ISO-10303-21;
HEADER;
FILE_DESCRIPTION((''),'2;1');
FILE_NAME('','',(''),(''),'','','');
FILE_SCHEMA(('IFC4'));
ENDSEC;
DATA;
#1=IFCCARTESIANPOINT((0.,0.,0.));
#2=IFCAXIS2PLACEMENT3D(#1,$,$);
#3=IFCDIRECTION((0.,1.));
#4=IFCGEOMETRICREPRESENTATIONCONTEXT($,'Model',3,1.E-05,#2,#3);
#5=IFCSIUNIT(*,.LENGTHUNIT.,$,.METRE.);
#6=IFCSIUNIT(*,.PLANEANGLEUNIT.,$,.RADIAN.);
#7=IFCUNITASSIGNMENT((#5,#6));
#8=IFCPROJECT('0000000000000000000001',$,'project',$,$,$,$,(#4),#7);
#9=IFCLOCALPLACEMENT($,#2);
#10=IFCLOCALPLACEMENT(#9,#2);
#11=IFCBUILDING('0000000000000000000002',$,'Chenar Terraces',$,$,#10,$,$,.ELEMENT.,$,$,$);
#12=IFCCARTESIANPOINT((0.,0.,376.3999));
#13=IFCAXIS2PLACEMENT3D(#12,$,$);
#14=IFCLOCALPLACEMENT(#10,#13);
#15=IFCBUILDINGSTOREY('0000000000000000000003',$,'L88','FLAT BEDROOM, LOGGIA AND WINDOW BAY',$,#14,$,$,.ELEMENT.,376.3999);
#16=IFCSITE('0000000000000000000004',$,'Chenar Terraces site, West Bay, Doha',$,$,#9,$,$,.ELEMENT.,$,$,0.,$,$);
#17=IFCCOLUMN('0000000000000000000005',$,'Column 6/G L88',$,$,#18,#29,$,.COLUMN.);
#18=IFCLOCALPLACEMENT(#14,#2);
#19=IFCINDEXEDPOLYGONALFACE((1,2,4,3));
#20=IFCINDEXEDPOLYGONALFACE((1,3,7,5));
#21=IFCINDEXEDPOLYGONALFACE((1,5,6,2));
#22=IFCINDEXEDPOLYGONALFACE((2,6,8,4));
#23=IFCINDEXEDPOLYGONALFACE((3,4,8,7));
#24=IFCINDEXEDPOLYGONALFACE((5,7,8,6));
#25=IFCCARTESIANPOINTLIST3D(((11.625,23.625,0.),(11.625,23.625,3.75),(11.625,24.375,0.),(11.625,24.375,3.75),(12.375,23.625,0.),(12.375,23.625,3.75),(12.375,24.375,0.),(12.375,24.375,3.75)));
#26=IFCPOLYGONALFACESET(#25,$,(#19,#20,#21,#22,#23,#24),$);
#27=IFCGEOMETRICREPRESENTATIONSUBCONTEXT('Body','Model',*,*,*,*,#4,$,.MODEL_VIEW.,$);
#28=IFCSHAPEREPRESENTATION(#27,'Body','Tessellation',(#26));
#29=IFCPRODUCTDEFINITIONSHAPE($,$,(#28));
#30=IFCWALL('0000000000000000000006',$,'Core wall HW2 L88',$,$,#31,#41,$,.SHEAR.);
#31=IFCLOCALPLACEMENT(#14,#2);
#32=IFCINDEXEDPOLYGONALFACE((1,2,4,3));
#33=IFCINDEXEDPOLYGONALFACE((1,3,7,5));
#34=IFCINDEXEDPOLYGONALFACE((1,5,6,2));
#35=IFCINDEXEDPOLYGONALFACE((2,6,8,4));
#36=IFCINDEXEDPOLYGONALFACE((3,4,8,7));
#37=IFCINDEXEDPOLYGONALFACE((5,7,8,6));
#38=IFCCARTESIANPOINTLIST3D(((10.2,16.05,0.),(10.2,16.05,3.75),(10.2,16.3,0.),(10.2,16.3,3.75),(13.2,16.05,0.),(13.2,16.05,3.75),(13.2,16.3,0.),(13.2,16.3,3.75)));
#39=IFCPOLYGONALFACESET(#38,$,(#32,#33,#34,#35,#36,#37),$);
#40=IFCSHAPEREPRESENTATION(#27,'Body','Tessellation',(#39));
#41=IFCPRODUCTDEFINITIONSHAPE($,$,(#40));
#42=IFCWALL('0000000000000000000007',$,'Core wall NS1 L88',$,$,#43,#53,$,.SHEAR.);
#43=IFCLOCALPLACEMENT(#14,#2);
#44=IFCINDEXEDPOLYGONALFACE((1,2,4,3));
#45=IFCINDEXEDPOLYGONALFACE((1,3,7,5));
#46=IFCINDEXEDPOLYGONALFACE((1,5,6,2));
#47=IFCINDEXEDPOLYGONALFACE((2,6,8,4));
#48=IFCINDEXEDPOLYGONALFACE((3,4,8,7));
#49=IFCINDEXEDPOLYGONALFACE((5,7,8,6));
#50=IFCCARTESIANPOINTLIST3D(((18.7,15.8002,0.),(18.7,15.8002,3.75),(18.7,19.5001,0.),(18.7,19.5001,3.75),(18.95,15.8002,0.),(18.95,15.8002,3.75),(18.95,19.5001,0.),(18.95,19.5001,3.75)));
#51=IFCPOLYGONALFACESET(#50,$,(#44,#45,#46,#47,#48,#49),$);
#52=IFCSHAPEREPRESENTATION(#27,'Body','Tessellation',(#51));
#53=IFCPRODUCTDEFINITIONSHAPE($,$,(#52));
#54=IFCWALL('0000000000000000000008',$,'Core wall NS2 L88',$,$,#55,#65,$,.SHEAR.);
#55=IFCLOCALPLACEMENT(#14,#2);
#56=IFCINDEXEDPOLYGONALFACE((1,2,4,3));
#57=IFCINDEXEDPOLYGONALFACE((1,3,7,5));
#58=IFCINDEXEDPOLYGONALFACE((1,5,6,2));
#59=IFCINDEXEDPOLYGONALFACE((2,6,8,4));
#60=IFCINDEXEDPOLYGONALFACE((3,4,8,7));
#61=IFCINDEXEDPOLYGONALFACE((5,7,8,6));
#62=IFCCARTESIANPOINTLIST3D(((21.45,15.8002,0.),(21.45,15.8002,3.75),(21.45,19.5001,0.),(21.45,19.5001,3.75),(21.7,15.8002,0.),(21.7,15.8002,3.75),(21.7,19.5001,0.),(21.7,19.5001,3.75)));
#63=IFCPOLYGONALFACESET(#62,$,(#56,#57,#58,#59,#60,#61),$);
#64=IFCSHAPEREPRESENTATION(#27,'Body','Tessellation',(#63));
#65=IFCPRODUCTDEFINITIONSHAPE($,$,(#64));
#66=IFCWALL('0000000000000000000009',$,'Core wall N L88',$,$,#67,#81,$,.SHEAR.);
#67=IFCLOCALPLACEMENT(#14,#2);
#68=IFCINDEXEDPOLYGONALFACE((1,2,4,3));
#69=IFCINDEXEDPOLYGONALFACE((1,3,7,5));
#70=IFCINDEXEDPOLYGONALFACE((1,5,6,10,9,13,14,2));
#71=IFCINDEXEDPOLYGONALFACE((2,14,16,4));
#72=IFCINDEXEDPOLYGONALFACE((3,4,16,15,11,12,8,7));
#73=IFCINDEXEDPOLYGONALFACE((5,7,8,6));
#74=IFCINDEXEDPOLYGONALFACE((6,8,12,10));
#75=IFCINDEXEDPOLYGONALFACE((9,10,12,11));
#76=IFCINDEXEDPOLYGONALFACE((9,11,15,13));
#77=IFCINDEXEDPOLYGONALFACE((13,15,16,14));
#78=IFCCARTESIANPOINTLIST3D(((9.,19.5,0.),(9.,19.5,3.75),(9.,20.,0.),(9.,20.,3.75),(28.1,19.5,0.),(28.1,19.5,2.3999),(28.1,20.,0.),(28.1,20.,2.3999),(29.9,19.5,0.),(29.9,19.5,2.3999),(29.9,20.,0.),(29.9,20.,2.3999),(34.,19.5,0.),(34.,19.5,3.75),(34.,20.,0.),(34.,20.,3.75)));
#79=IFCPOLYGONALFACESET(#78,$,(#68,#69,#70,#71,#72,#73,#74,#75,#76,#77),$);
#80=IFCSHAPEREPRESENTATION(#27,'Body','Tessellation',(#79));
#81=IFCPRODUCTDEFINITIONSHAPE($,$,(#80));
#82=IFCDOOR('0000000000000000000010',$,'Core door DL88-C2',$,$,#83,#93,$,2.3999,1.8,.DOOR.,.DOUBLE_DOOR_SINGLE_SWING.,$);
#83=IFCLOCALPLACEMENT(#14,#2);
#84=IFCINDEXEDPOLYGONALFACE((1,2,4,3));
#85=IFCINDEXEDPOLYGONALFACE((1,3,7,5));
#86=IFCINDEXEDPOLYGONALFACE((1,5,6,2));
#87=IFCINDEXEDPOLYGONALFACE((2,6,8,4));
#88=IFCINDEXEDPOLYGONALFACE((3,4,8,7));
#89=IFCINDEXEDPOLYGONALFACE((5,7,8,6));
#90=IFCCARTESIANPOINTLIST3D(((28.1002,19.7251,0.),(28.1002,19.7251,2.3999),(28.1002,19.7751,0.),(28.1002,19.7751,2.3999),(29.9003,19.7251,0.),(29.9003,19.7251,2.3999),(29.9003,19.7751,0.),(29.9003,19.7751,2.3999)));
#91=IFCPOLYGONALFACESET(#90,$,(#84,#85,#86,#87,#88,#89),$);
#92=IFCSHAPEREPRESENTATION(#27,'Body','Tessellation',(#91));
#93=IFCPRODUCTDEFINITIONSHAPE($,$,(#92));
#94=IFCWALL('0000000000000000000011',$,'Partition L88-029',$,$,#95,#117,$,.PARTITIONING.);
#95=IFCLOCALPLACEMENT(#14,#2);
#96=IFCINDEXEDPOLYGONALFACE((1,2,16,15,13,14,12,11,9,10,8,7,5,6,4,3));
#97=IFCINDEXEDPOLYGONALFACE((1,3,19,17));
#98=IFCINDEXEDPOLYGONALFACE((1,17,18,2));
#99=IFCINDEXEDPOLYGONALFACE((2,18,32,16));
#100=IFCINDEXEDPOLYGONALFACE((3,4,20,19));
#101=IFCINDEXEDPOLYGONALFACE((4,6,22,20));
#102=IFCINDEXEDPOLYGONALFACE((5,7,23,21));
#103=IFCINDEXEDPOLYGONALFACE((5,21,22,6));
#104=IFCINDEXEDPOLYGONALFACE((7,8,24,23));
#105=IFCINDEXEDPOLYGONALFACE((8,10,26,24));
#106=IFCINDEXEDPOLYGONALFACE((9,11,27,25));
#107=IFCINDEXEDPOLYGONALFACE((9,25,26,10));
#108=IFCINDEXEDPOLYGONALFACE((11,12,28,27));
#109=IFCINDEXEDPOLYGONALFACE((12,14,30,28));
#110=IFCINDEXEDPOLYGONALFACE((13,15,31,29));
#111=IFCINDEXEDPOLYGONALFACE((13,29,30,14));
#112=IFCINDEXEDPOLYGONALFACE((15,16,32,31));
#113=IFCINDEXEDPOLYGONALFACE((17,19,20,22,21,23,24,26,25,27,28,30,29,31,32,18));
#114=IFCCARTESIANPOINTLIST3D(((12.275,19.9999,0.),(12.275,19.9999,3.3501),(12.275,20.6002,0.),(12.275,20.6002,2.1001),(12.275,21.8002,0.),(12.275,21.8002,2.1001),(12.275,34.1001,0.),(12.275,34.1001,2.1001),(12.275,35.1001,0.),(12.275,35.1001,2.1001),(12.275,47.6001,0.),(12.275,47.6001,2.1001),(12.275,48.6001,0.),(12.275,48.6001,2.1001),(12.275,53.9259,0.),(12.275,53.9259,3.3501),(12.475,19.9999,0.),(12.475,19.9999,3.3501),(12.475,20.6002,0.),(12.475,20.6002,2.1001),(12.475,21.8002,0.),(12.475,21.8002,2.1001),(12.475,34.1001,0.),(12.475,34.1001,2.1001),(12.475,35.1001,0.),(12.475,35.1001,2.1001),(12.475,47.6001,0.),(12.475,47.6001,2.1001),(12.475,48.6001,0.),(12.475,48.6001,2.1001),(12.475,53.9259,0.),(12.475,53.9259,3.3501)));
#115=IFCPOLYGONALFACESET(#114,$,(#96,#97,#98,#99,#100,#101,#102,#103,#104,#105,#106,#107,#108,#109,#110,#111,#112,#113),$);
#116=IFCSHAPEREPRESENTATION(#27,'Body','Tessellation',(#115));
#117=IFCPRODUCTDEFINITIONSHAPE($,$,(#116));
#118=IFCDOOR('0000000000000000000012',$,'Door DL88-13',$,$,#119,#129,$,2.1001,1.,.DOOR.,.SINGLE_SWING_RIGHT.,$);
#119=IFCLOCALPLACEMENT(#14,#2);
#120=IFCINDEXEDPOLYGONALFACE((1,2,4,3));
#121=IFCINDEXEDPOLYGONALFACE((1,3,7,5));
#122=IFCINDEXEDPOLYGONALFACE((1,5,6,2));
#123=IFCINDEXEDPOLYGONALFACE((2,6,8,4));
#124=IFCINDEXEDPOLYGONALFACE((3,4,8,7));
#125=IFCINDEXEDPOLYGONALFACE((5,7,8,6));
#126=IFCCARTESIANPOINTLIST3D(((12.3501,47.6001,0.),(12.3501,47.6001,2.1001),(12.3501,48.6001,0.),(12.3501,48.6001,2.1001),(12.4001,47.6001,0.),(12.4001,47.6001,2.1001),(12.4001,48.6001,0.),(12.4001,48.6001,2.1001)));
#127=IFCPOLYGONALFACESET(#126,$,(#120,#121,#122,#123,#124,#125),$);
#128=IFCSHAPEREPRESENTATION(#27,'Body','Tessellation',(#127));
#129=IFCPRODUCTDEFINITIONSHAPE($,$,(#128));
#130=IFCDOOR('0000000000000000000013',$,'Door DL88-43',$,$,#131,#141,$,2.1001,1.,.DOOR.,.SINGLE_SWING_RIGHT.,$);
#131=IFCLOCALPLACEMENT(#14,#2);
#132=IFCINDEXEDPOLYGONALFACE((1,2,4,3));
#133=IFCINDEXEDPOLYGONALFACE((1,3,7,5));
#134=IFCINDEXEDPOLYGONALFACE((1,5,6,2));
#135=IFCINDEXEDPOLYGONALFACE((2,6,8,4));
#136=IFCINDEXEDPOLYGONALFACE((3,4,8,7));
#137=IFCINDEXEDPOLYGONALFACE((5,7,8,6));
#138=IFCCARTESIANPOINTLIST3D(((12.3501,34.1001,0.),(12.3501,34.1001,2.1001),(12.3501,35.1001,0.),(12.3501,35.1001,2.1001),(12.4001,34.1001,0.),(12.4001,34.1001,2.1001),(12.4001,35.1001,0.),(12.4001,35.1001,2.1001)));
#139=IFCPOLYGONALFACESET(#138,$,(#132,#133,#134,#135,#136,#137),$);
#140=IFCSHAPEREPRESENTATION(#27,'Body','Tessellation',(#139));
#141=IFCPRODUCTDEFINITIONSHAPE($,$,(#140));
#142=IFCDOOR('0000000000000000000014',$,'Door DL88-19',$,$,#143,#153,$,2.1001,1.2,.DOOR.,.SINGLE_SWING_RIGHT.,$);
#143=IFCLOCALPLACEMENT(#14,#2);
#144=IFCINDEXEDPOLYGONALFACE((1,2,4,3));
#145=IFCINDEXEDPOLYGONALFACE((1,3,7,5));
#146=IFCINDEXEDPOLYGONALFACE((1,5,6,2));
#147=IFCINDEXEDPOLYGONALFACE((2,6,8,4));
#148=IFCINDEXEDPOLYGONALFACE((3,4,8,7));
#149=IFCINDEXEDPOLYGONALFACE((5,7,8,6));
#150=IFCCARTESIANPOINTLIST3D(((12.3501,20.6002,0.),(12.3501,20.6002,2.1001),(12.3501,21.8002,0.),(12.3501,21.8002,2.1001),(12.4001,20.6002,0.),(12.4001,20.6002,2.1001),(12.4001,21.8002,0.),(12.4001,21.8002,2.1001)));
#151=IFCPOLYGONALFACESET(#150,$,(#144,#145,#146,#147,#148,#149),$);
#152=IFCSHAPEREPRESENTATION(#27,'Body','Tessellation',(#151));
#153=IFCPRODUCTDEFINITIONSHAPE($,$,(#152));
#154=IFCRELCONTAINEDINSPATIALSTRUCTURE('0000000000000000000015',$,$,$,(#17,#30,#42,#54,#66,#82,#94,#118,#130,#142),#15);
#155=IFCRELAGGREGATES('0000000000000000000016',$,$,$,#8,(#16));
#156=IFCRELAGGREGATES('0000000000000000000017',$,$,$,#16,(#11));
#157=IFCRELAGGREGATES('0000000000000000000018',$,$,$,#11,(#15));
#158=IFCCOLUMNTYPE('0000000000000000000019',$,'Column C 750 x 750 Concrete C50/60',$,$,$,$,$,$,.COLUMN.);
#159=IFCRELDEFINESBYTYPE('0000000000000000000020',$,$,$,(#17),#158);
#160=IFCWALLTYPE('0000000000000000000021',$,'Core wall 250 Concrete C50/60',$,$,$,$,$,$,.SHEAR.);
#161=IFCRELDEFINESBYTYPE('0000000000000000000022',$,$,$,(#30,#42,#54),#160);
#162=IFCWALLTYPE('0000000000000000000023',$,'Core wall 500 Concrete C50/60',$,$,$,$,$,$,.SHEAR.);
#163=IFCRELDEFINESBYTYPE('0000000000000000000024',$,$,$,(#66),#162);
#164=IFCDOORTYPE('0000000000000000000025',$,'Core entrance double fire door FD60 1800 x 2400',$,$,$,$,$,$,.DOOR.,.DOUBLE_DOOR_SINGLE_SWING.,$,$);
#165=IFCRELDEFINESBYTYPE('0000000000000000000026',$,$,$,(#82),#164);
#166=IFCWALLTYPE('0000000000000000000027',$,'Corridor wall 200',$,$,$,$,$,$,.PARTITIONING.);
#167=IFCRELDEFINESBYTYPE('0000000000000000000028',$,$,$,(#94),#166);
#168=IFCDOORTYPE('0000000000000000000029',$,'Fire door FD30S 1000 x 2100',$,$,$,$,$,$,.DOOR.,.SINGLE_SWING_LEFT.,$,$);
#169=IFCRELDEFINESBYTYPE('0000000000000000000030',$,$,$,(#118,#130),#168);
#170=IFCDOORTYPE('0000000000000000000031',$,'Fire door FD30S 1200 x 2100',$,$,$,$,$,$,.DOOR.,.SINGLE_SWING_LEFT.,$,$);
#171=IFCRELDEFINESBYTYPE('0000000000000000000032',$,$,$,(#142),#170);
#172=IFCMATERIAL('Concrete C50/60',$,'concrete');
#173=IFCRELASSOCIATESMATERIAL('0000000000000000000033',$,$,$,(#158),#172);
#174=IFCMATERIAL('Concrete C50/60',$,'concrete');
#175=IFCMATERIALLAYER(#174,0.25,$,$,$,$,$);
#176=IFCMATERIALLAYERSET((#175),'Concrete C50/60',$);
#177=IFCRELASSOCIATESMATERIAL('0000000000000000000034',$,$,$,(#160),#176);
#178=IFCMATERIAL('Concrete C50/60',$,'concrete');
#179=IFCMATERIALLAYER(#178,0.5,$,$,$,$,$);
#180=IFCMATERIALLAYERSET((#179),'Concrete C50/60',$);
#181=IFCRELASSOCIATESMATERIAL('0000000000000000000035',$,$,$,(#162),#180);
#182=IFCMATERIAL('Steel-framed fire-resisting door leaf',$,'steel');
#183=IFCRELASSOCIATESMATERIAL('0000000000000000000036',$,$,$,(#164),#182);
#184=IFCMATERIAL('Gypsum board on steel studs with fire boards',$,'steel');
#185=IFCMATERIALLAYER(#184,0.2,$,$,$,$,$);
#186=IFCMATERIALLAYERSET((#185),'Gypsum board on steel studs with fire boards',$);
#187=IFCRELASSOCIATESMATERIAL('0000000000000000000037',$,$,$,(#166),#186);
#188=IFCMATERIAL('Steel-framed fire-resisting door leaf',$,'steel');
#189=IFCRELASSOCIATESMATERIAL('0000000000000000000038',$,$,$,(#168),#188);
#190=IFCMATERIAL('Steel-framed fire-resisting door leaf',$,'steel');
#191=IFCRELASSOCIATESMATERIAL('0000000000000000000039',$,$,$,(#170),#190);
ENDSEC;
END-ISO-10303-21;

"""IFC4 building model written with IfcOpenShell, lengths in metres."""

from ifc_helpers import new_model, si_unit, direction, frame, frame_2d, origin, origin_2d, place, context, subcontext, project, spatial, rectangle, extrude, material, layer, layer_set, material_profile, profile_set, type_object, element, fill, save


model = new_model("IFC4")

# Units and contexts
model_context = context("Model", 3, precision=1e-05, world=origin(), true_north=direction((0.0, 1.0)))
body_context = subcontext(model_context, "Body", "Model", "MODEL_VIEW")
ifc_project = project(units=[si_unit("LENGTHUNIT", "METRE"), si_unit("PLANEANGLEUNIT", "RADIAN")], contexts=[model_context])

# Site, building, storey
site_placement = place(None, origin())
site = spatial("IfcSite", under=ifc_project, at=site_placement, Name="Chenar Terraces site, West Bay, Doha", CompositionType="ELEMENT", RefElevation=0.0)
building_placement = place(site_placement, origin())
building = spatial("IfcBuilding", under=site, at=building_placement, Name="Chenar Terraces", CompositionType="ELEMENT")
storey_placement = place(building_placement, frame((0.0, 0.0, 376.3999)))
storey = spatial("IfcBuildingStorey", under=building, at=storey_placement, Name="L88", Description="FLAT BEDROOM, LOGGIA AND WINDOW BAY", CompositionType="ELEMENT", Elevation=376.3999)

# Column
ifc_material_1 = material(Name="Concrete C50/60", Category="concrete")
ifc_material_profile = material_profile(ifc_material_1, rectangle(XDim=0.75, YDim=0.75, at=origin_2d()), Name="C 750 x 750")
ifc_profile_set = profile_set([ifc_material_profile], Name="Concrete C50/60")
column_type = type_object("IfcColumnType", Name="Column C 750 x 750 Concrete C50/60", PredefinedType="COLUMN", material=ifc_profile_set)
column_placement = place(storey_placement, frame((12.0, 24.0, 0.0), z_axis=(0.0, 0.0, 1.0), x_axis=(1.0, 0.0, 0.0)))
element("IfcColumn", 1, at=column_placement, inside=storey, type_object=column_type, Name="Column 6/G L88", PredefinedType="COLUMN", context=body_context, shape_type="SweptSolid", body=[
    extrude(rectangle(XDim=0.75, YDim=0.75, at=origin_2d()), origin(), (0.0, 0.0, 1.0), 3.75),
])

# Walls
ifc_material_2 = material(Name="Concrete C50/60", Category="concrete")
ifc_layer_1 = layer(ifc_material_2, 0.25)
ifc_layer_set_1 = layer_set([ifc_layer_1], Name="Concrete C50/60")
wall_type_1 = type_object("IfcWallType", Name="Core wall 250 Concrete C50/60", PredefinedType="SHEAR", material=ifc_layer_set_1)
wall_1_placement = place(storey_placement, frame((10.2, 16.175, 0.0), z_axis=(0.0, 0.0, 1.0), x_axis=(1.0, 0.0, 0.0)))
element("IfcWall", 2, at=wall_1_placement, inside=storey, type_object=wall_type_1, Name="Core wall HW2 L88", PredefinedType="SHEAR", context=body_context, shape_type="SweptSolid", body=[
    extrude(rectangle(XDim=3.0, YDim=0.25, at=frame_2d((1.5, 0.0))), origin(), (0.0, 0.0, 1.0), 3.75),
])
for number, where, z_axis, x_axis, name in (
    (3, (18.825, 15.8, 0.0), (0.0, 0.0, 1.0), (0.0, 1.0, 0.0), "Core wall NS1 L88"),
    (4, (21.575, 15.8, 0.0), (0.0, 0.0, 1.0), (0.0, 1.0, 0.0), "Core wall NS2 L88"),
):
    element("IfcWall", number, at=place(storey_placement, frame(where, z_axis=z_axis, x_axis=x_axis)), inside=storey, type_object=wall_type_1, Name=name, PredefinedType="SHEAR", context=body_context, shape_type="SweptSolid", body=[
        extrude(rectangle(XDim=3.7, YDim=0.25, at=frame_2d((1.8501, 0.0))), origin(), (0.0, 0.0, 1.0), 3.75),
    ])

# Wall, opening, door
ifc_material_3 = material(Name="Concrete C50/60", Category="concrete")
ifc_layer_2 = layer(ifc_material_3, 0.5)
ifc_layer_set_2 = layer_set([ifc_layer_2], Name="Concrete C50/60")
wall_type_2 = type_object("IfcWallType", Name="Core wall 500 Concrete C50/60", PredefinedType="SHEAR", material=ifc_layer_set_2)
wall_2_placement = place(storey_placement, frame((9.0, 19.75, 0.0), z_axis=(0.0, 0.0, 1.0), x_axis=(1.0, 0.0, 0.0)))
wall_2 = element("IfcWall", 5, at=wall_2_placement, inside=storey, type_object=wall_type_2, Name="Core wall N L88", PredefinedType="SHEAR", context=body_context, shape_type="SweptSolid", body=[
    extrude(rectangle(XDim=25.0, YDim=0.5, at=frame_2d((12.5, 0.0))), origin(), (0.0, 0.0, 1.0), 3.75),
])
opening_1_placement = place(wall_2_placement, frame((19.1001, 0.0, 0.0)))
opening_1 = element("IfcOpeningElement", 6, at=opening_1_placement, cuts=wall_2, PredefinedType="OPENING", context=body_context, shape_type="SweptSolid", body=[
    extrude(rectangle(XDim=1.8, YDim=2.3999, at=frame_2d((0.8999, 1.2))), frame((0.0, 0.26, 0.0), z_axis=(0.0, -1.0, 0.0), x_axis=(1.0, 0.0, 0.0)), (0.0, 0.0, 1.0), 0.52),
])
ifc_material_4 = material(Name="Steel-framed fire-resisting door leaf", Category="steel")
door_type_1 = type_object("IfcDoorType", Name="Core entrance double fire door FD60 1800 x 2400", OperationType="DOUBLE_DOOR_SINGLE_SWING", PredefinedType="DOOR", material=ifc_material_4)
door_1_placement = place(opening_1_placement, frame((1.8, 0.0, 0.0), z_axis=(0.0, 0.0, 1.0), x_axis=(-1.0, 0.0, 0.0)))
door_1 = element("IfcDoor", 7, at=door_1_placement, inside=storey, type_object=door_type_1, Name="Core door DL88-C2", OperationType="DOUBLE_DOOR_SINGLE_SWING", OverallHeight=2.3999, OverallWidth=1.8, PredefinedType="DOOR", context=body_context, shape_type="SweptSolid", body=[
    extrude(rectangle(XDim=1.8, YDim=2.3999, at=frame_2d((0.8999, 1.2))), frame((0.0, 0.0249, 0.0), z_axis=(0.0, -1.0, 0.0), x_axis=(1.0, 0.0, 0.0)), (0.0, 0.0, 1.0), 0.05),
])
fill(opening_1, door_1)

# Wall, openings, doors
ifc_material_5 = material(Name="Gypsum board on steel studs with fire boards", Category="steel")
ifc_layer_3 = layer(ifc_material_5, 0.2)
ifc_layer_set_3 = layer_set([ifc_layer_3], Name="Gypsum board on steel studs with fire boards")
wall_type_3 = type_object("IfcWallType", Name="Corridor wall 200", PredefinedType="PARTITIONING", material=ifc_layer_set_3)
wall_3_placement = place(storey_placement, frame((12.375, 20.0, 0.0), z_axis=(0.0, 0.0, 1.0), x_axis=(0.0, 1.0, 0.0)))
wall_3 = element("IfcWall", 8, at=wall_3_placement, inside=storey, type_object=wall_type_3, Name="Partition L88-029", PredefinedType="PARTITIONING", context=body_context, shape_type="SweptSolid", body=[
    extrude(rectangle(XDim=33.926, YDim=0.2, at=frame_2d((16.9629, 0.0))), origin(), (0.0, 0.0, 1.0), 3.3501),
])
opening_2_placement = place(wall_3_placement, frame((27.6001, 0.0, 0.0)))
opening_2 = element("IfcOpeningElement", 9, at=opening_2_placement, cuts=wall_3, PredefinedType="OPENING", context=body_context, shape_type="SweptSolid", body=[
    extrude(rectangle(XDim=1.0, YDim=2.1001, at=frame_2d((0.5, 1.05))), frame((0.0, 0.1099, 0.0), z_axis=(0.0, -1.0, 0.0), x_axis=(1.0, 0.0, 0.0)), (0.0, 0.0, 1.0), 0.22),
])
opening_3_placement = place(wall_3_placement, frame((0.6001, 0.0, 0.0)))
opening_3 = element("IfcOpeningElement", 10, at=opening_3_placement, cuts=wall_3, PredefinedType="OPENING", context=body_context, shape_type="SweptSolid", body=[
    extrude(rectangle(XDim=1.2, YDim=2.1001, at=frame_2d((0.6001, 1.05))), frame((0.0, 0.1099, 0.0), z_axis=(0.0, -1.0, 0.0), x_axis=(1.0, 0.0, 0.0)), (0.0, 0.0, 1.0), 0.22),
])
opening_4_placement = place(wall_3_placement, frame((14.1001, 0.0, 0.0)))
opening_4 = element("IfcOpeningElement", 11, at=opening_4_placement, cuts=wall_3, PredefinedType="OPENING", context=body_context, shape_type="SweptSolid", body=[
    extrude(rectangle(XDim=1.0, YDim=2.1001, at=frame_2d((0.5, 1.05))), frame((0.0, 0.1099, 0.0), z_axis=(0.0, -1.0, 0.0), x_axis=(1.0, 0.0, 0.0)), (0.0, 0.0, 1.0), 0.22),
])
ifc_material_6 = material(Name="Steel-framed fire-resisting door leaf", Category="steel")
door_type_2 = type_object("IfcDoorType", Name="Fire door FD30S 1000 x 2100", OperationType="SINGLE_SWING_LEFT", PredefinedType="DOOR", material=ifc_material_6)
door_2_placement = place(opening_2_placement, origin())
door_2 = element("IfcDoor", 12, at=door_2_placement, inside=storey, type_object=door_type_2, Name="Door DL88-13", OperationType="SINGLE_SWING_RIGHT", OverallHeight=2.1001, OverallWidth=1.0, PredefinedType="DOOR", context=body_context, shape_type="SweptSolid", body=[
    extrude(rectangle(XDim=1.0, YDim=2.1001, at=frame_2d((0.5, 1.05))), frame((0.0, 0.0249, 0.0), z_axis=(0.0, -1.0, 0.0), x_axis=(1.0, 0.0, 0.0)), (0.0, 0.0, 1.0), 0.05),
])
fill(opening_2, door_2)
door_3_placement = place(opening_4_placement, origin())
door_3 = element("IfcDoor", 13, at=door_3_placement, inside=storey, type_object=door_type_2, Name="Door DL88-43", OperationType="SINGLE_SWING_RIGHT", OverallHeight=2.1001, OverallWidth=1.0, PredefinedType="DOOR", context=body_context, shape_type="SweptSolid", body=[
    extrude(rectangle(XDim=1.0, YDim=2.1001, at=frame_2d((0.5, 1.05))), frame((0.0, 0.0249, 0.0), z_axis=(0.0, -1.0, 0.0), x_axis=(1.0, 0.0, 0.0)), (0.0, 0.0, 1.0), 0.05),
])
fill(opening_4, door_3)
ifc_material_7 = material(Name="Steel-framed fire-resisting door leaf", Category="steel")
door_type_3 = type_object("IfcDoorType", Name="Fire door FD30S 1200 x 2100", OperationType="SINGLE_SWING_LEFT", PredefinedType="DOOR", material=ifc_material_7)
door_4_placement = place(opening_3_placement, origin())
door_4 = element("IfcDoor", 14, at=door_4_placement, inside=storey, type_object=door_type_3, Name="Door DL88-19", OperationType="SINGLE_SWING_RIGHT", OverallHeight=2.1001, OverallWidth=1.2, PredefinedType="DOOR", context=body_context, shape_type="SweptSolid", body=[
    extrude(rectangle(XDim=1.2, YDim=2.1001, at=frame_2d((0.6001, 1.05))), frame((0.0, 0.0249, 0.0), z_axis=(0.0, -1.0, 0.0), x_axis=(1.0, 0.0, 0.0)), (0.0, 0.0, 1.0), 0.05),
])
fill(opening_3, door_4)

save(model, "model.ifc")
